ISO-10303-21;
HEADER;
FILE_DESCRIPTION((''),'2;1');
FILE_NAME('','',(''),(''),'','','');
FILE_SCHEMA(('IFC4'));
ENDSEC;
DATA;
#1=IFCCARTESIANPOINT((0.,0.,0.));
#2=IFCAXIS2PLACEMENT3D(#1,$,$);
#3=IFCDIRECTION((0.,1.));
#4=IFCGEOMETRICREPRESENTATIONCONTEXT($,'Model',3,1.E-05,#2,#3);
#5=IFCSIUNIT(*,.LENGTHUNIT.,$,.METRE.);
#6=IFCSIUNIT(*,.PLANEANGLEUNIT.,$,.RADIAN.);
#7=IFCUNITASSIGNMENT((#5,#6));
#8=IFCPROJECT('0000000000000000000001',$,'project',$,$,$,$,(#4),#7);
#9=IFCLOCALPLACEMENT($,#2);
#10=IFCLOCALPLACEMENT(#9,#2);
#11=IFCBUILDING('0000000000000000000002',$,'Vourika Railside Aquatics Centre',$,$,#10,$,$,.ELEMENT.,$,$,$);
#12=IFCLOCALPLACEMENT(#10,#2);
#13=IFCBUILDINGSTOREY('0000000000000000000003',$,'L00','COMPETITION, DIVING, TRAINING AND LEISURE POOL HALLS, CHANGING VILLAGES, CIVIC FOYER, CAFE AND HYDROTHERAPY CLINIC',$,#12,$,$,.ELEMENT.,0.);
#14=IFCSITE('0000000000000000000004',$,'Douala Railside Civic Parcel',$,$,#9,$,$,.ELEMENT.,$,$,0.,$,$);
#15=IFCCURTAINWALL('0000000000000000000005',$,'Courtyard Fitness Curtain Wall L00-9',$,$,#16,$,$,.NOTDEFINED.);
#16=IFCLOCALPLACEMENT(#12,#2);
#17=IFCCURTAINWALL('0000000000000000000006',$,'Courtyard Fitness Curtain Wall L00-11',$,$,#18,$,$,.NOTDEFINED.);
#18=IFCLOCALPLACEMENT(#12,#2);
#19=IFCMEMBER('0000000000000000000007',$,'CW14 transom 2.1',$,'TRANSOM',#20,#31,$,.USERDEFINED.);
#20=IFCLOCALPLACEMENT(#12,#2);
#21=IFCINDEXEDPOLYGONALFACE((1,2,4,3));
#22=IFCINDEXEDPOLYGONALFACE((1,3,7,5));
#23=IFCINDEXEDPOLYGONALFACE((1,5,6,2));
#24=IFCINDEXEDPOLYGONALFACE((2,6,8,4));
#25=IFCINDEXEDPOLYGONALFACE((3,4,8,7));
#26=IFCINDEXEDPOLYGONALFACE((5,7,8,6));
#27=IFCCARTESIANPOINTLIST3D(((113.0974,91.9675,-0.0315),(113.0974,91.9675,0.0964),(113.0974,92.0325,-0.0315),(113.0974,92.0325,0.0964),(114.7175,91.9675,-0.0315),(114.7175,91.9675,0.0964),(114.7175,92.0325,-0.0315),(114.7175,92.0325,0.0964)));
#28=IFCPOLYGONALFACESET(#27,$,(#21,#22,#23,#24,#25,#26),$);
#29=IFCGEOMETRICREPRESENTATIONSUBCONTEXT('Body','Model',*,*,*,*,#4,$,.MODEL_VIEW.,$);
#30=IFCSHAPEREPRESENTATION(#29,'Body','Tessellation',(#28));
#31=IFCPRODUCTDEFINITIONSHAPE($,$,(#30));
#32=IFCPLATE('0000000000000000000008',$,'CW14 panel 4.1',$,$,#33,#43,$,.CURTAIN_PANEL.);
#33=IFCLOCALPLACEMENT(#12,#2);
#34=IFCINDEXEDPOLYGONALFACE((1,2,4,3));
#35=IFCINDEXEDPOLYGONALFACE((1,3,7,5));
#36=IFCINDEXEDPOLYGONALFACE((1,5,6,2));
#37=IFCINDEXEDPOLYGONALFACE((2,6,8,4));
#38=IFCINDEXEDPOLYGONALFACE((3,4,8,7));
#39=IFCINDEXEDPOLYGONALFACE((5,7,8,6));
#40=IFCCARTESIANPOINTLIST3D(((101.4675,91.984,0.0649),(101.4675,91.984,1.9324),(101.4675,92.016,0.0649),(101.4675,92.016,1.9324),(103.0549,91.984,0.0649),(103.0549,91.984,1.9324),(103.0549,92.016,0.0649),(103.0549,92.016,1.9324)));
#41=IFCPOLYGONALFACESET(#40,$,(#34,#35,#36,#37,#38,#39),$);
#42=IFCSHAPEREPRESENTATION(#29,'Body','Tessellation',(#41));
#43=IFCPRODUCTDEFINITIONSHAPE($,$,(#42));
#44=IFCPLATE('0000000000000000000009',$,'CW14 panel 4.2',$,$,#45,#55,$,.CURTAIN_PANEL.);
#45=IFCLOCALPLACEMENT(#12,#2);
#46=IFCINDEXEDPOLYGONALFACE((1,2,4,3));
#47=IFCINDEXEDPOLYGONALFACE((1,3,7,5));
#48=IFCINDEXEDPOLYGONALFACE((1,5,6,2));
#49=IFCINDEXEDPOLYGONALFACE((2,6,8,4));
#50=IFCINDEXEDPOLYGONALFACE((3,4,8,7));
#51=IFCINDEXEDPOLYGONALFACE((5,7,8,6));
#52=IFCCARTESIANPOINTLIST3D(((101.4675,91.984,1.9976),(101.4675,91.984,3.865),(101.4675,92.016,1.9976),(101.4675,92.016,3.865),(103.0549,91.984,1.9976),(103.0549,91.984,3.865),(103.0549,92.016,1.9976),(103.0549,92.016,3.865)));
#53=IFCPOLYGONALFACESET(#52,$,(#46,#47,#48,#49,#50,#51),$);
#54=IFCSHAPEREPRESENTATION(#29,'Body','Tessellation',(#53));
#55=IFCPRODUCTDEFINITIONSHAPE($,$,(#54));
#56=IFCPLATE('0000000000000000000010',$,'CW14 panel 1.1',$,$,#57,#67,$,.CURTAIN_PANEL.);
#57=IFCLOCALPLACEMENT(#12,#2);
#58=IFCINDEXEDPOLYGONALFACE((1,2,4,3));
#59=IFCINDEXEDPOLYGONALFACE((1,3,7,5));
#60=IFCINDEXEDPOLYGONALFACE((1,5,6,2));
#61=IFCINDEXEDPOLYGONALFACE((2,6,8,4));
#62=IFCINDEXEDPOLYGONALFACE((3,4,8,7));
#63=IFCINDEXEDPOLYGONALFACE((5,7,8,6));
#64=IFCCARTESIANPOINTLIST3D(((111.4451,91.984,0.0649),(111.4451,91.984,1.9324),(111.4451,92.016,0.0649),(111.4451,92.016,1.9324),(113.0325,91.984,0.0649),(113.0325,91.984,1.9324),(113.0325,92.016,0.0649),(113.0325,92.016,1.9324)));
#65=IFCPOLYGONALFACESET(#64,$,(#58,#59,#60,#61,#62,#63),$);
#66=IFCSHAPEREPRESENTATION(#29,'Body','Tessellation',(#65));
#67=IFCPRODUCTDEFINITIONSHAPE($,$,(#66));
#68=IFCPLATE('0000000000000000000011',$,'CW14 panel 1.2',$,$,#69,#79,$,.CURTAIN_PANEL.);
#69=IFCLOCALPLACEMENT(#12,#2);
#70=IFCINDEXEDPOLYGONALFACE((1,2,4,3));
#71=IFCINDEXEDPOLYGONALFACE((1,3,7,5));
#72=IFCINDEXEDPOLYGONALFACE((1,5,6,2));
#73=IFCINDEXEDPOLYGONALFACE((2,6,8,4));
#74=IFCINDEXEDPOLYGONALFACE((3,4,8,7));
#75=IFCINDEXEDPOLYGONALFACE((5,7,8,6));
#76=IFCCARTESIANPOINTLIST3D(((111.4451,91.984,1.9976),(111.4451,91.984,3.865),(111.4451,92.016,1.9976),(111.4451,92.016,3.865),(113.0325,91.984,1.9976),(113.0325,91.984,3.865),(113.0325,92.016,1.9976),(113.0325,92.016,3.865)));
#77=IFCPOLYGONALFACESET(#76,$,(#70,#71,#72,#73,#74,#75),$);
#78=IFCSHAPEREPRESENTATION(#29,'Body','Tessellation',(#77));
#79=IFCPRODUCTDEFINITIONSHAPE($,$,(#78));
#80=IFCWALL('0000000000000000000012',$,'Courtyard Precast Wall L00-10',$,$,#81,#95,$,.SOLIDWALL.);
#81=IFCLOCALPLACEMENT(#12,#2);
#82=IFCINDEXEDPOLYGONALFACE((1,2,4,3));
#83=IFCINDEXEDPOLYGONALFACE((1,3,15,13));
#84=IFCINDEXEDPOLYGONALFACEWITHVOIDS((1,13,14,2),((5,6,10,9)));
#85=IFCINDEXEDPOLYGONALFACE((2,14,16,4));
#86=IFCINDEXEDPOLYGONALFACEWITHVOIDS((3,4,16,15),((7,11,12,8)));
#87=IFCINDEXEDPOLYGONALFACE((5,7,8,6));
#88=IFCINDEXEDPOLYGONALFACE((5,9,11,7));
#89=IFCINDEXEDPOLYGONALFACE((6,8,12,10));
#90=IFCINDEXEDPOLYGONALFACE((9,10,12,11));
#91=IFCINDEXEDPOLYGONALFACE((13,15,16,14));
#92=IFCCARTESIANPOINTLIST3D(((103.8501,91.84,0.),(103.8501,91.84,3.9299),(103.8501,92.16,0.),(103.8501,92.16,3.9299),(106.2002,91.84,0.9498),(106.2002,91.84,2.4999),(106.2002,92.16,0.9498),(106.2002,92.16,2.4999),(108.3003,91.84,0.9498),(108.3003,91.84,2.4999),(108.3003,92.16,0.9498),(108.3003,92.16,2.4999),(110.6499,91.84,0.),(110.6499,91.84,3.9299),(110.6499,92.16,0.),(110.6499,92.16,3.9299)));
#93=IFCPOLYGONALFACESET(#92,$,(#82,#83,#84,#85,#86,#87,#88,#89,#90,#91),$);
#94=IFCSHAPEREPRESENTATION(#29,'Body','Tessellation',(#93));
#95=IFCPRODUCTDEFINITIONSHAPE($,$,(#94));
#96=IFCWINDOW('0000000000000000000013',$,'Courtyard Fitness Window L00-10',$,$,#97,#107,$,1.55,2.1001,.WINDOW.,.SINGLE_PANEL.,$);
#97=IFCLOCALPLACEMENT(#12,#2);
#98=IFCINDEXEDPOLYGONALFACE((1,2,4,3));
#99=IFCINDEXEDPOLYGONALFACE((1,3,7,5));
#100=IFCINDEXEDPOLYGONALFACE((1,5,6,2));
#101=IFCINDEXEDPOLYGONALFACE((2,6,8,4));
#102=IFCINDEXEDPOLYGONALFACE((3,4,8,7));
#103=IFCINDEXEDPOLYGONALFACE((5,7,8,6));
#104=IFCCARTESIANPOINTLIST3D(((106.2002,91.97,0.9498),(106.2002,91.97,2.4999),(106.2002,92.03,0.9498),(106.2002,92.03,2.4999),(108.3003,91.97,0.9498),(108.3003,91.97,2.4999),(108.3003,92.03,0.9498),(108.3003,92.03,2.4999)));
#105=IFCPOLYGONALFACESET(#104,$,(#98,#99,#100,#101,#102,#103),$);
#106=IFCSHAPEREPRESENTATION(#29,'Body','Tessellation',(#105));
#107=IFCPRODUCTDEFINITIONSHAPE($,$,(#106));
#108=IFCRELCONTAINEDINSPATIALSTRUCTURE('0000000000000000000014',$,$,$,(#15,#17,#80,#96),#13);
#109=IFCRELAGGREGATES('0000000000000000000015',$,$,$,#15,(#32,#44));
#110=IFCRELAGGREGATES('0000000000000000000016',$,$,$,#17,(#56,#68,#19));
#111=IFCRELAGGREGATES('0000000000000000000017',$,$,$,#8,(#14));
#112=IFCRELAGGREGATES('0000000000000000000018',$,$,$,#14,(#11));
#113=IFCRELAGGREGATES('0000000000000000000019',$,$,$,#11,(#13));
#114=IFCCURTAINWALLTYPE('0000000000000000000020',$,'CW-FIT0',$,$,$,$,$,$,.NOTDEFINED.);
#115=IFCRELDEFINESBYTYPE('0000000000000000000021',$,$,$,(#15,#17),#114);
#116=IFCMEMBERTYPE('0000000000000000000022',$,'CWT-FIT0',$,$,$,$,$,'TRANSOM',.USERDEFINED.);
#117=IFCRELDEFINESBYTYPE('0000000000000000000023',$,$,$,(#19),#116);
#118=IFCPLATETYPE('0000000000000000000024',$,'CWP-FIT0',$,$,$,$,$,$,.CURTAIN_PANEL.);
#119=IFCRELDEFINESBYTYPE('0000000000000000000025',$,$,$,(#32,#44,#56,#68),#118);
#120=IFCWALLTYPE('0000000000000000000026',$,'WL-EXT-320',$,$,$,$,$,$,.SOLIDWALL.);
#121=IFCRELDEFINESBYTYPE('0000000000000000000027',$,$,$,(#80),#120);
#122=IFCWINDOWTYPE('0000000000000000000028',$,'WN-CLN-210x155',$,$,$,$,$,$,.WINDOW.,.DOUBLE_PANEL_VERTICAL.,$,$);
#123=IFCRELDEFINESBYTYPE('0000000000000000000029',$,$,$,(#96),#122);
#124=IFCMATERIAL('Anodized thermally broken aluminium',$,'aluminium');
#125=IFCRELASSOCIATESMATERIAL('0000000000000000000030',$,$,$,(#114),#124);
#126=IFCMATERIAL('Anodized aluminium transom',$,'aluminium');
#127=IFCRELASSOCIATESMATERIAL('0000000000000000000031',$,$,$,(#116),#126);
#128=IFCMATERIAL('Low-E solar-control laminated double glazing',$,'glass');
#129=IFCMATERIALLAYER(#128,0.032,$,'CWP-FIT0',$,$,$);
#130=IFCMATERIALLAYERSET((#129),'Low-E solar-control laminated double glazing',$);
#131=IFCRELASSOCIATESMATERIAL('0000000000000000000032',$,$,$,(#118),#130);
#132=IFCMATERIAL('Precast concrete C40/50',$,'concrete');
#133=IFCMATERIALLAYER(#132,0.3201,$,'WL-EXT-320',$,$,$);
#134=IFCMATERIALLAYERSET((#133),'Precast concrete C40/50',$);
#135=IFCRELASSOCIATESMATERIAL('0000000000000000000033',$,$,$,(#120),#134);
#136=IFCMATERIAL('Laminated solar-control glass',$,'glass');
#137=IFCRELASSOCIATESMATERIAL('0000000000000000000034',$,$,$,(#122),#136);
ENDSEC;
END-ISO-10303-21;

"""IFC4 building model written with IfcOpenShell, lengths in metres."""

from ifc_helpers import new_model, si_unit, direction, frame, frame_2d, origin, origin_2d, place, context, subcontext, project, spatial, rectangle, extrude, material, layer, layer_set, material_profile, profile_set, type_object, element, fill, aggregate, save


model = new_model("IFC4")

# Units and contexts
model_context = context("Model", 3, precision=1e-05, world=origin(), true_north=direction((0.0, 1.0)))
body_context = subcontext(model_context, "Body", "Model", "MODEL_VIEW")
ifc_project = project(units=[si_unit("LENGTHUNIT", "METRE"), si_unit("PLANEANGLEUNIT", "RADIAN")], contexts=[model_context])

# Site, building, storey
site_placement = place(None, origin())
site = spatial("IfcSite", under=ifc_project, at=site_placement, Name="Douala Railside Civic Parcel", CompositionType="ELEMENT", RefElevation=0.0)
building_placement = place(site_placement, origin())
building = spatial("IfcBuilding", under=site, at=building_placement, Name="Vourika Railside Aquatics Centre", CompositionType="ELEMENT")
storey_placement = place(building_placement, origin())
storey = spatial("IfcBuildingStorey", under=building, at=storey_placement, Name="L00", Description="COMPETITION, DIVING, TRAINING AND LEISURE POOL HALLS, CHANGING VILLAGES, CIVIC FOYER, CAFE AND HYDROTHERAPY CLINIC", CompositionType="ELEMENT", Elevation=0.0)

# Curtain wall
ifc_material_1 = material(Name="Anodized thermally broken aluminium", Category="aluminium")
curtain_wall_type = type_object("IfcCurtainWallType", Name="CW-FIT0", PredefinedType="NOTDEFINED", material=ifc_material_1)
curtain_wall_1_placement = place(storey_placement, origin())
curtain_wall_1 = element("IfcCurtainWall", 1, at=curtain_wall_1_placement, inside=storey, type_object=curtain_wall_type, Name="Courtyard Fitness Curtain Wall L00-9", PredefinedType="NOTDEFINED")

# Curtain wall
curtain_wall_2_placement = place(storey_placement, origin())
curtain_wall_2 = element("IfcCurtainWall", 2, at=curtain_wall_2_placement, inside=storey, type_object=curtain_wall_type, Name="Courtyard Fitness Curtain Wall L00-11", PredefinedType="NOTDEFINED")

# Member
ifc_material_2 = material(Name="Anodized aluminium transom", Category="aluminium")
ifc_material_profile_1 = material_profile(ifc_material_2, rectangle(XDim=0.0649, YDim=0.1279, at=origin_2d()), Name="ALU-T 65x128")
ifc_profile_set_1 = profile_set([ifc_material_profile_1], Name="Anodized aluminium transom")
member_type_1 = type_object("IfcMemberType", Name="CWT-FIT0", ElementType="TRANSOM", PredefinedType="USERDEFINED", material=ifc_profile_set_1)
member_1_placement = place(storey_placement, frame((113.0974, 92.0, 0.0325), z_axis=(1.0, 0.0, 0.0), x_axis=(0.0, 1.0, 0.0)))
member_1 = element("IfcMember", 3, at=member_1_placement, type_object=member_type_1, Name="CW14 transom 2.1", ObjectType="TRANSOM", PredefinedType="USERDEFINED", context=body_context, shape_type="SweptSolid", body=[
    extrude(rectangle(XDim=0.0649, YDim=0.1279, at=origin_2d()), origin(), (0.0, 0.0, 1.0), 1.6201),
])

# Plates
ifc_material_3 = material(Name="Low-E solar-control laminated double glazing", Category="glass")
ifc_layer_1 = layer(ifc_material_3, 0.032, Name="CWP-FIT0")
ifc_layer_set_1 = layer_set([ifc_layer_1], Name="Low-E solar-control laminated double glazing")
plate_type = type_object("IfcPlateType", Name="CWP-FIT0", PredefinedType="CURTAIN_PANEL", material=ifc_layer_set_1)
plate_1_placement = place(storey_placement, frame((102.2612, 92.0, 0.0649), z_axis=(0.0, 0.0, 1.0), x_axis=(1.0, 0.0, 0.0)))
plate_1 = element("IfcPlate", 4, at=plate_1_placement, type_object=plate_type, Name="CW14 panel 4.1", PredefinedType="CURTAIN_PANEL", context=body_context, shape_type="SweptSolid", body=[
    extrude(rectangle(XDim=1.5874, YDim=0.032, at=origin_2d()), origin(), (0.0, 0.0, 1.0), 1.8674),
])
plate_2_placement = place(storey_placement, frame((102.2612, 92.0, 1.9976), z_axis=(0.0, 0.0, 1.0), x_axis=(1.0, 0.0, 0.0)))
plate_2 = element("IfcPlate", 5, at=plate_2_placement, type_object=plate_type, Name="CW14 panel 4.2", PredefinedType="CURTAIN_PANEL", context=body_context, shape_type="SweptSolid", body=[
    extrude(rectangle(XDim=1.5874, YDim=0.032, at=origin_2d()), origin(), (0.0, 0.0, 1.0), 1.8674),
])
aggregate(curtain_wall_1, [plate_1, plate_2])
plate_3_placement = place(storey_placement, frame((112.2388, 92.0, 0.0649), z_axis=(0.0, 0.0, 1.0), x_axis=(1.0, 0.0, 0.0)))
plate_3 = element("IfcPlate", 6, at=plate_3_placement, type_object=plate_type, Name="CW14 panel 1.1", PredefinedType="CURTAIN_PANEL", context=body_context, shape_type="SweptSolid", body=[
    extrude(rectangle(XDim=1.5874, YDim=0.032, at=origin_2d()), origin(), (0.0, 0.0, 1.0), 1.8674),
])
plate_4_placement = place(storey_placement, frame((112.2388, 92.0, 1.9976), z_axis=(0.0, 0.0, 1.0), x_axis=(1.0, 0.0, 0.0)))
plate_4 = element("IfcPlate", 7, at=plate_4_placement, type_object=plate_type, Name="CW14 panel 1.2", PredefinedType="CURTAIN_PANEL", context=body_context, shape_type="SweptSolid", body=[
    extrude(rectangle(XDim=1.5874, YDim=0.032, at=origin_2d()), origin(), (0.0, 0.0, 1.0), 1.8674),
])
aggregate(curtain_wall_2, [plate_3, plate_4, member_1])

# Wall, opening, window
ifc_material_4 = material(Name="Precast concrete C40/50", Category="concrete")
ifc_layer_2 = layer(ifc_material_4, 0.3201, Name="WL-EXT-320")
ifc_layer_set_2 = layer_set([ifc_layer_2], Name="Precast concrete C40/50")
wall_type = type_object("IfcWallType", Name="WL-EXT-320", PredefinedType="SOLIDWALL", material=ifc_layer_set_2)
wall_placement = place(storey_placement, frame((103.8501, 92.0, 0.0), z_axis=(0.0, 0.0, 1.0), x_axis=(1.0, 0.0, 0.0)))
wall = element("IfcWall", 8, at=wall_placement, inside=storey, type_object=wall_type, Name="Courtyard Precast Wall L00-10", PredefinedType="SOLIDWALL", context=body_context, shape_type="SweptSolid", body=[
    extrude(rectangle(XDim=6.7998, YDim=0.3201, at=frame_2d((3.3999, 0.0))), origin(), (0.0, 0.0, 1.0), 3.9299),
])
opening_placement = place(wall_placement, frame((2.3501, 0.0, 0.95)))
opening = element("IfcOpeningElement", 9, at=opening_placement, cuts=wall, PredefinedType="OPENING", context=body_context, shape_type="SweptSolid", body=[
    extrude(rectangle(XDim=2.1001, YDim=1.55, at=frame_2d((1.05, 0.7749))), frame((0.0, 0.1699, 0.0), z_axis=(0.0, -1.0, 0.0), x_axis=(1.0, 0.0, 0.0)), (0.0, 0.0, 1.0), 0.3401),
])
ifc_material_5 = material(Name="Laminated solar-control glass", Category="glass")
window_type = type_object("IfcWindowType", Name="WN-CLN-210x155", PartitioningType="DOUBLE_PANEL_VERTICAL", PredefinedType="WINDOW", material=ifc_material_5)
window_placement = place(opening_placement, origin())
window = element("IfcWindow", 10, at=window_placement, inside=storey, type_object=window_type, Name="Courtyard Fitness Window L00-10", OverallHeight=1.55, OverallWidth=2.1001, PartitioningType="SINGLE_PANEL", PredefinedType="WINDOW", context=body_context, shape_type="SweptSolid", body=[
    extrude(rectangle(XDim=2.1001, YDim=1.55, at=frame_2d((1.05, 0.7749))), frame((0.0, 0.03, 0.0), z_axis=(0.0, -1.0, 0.0), x_axis=(1.0, 0.0, 0.0)), (0.0, 0.0, 1.0), 0.0601),
])
fill(opening, window)

save(model, "model.ifc")
